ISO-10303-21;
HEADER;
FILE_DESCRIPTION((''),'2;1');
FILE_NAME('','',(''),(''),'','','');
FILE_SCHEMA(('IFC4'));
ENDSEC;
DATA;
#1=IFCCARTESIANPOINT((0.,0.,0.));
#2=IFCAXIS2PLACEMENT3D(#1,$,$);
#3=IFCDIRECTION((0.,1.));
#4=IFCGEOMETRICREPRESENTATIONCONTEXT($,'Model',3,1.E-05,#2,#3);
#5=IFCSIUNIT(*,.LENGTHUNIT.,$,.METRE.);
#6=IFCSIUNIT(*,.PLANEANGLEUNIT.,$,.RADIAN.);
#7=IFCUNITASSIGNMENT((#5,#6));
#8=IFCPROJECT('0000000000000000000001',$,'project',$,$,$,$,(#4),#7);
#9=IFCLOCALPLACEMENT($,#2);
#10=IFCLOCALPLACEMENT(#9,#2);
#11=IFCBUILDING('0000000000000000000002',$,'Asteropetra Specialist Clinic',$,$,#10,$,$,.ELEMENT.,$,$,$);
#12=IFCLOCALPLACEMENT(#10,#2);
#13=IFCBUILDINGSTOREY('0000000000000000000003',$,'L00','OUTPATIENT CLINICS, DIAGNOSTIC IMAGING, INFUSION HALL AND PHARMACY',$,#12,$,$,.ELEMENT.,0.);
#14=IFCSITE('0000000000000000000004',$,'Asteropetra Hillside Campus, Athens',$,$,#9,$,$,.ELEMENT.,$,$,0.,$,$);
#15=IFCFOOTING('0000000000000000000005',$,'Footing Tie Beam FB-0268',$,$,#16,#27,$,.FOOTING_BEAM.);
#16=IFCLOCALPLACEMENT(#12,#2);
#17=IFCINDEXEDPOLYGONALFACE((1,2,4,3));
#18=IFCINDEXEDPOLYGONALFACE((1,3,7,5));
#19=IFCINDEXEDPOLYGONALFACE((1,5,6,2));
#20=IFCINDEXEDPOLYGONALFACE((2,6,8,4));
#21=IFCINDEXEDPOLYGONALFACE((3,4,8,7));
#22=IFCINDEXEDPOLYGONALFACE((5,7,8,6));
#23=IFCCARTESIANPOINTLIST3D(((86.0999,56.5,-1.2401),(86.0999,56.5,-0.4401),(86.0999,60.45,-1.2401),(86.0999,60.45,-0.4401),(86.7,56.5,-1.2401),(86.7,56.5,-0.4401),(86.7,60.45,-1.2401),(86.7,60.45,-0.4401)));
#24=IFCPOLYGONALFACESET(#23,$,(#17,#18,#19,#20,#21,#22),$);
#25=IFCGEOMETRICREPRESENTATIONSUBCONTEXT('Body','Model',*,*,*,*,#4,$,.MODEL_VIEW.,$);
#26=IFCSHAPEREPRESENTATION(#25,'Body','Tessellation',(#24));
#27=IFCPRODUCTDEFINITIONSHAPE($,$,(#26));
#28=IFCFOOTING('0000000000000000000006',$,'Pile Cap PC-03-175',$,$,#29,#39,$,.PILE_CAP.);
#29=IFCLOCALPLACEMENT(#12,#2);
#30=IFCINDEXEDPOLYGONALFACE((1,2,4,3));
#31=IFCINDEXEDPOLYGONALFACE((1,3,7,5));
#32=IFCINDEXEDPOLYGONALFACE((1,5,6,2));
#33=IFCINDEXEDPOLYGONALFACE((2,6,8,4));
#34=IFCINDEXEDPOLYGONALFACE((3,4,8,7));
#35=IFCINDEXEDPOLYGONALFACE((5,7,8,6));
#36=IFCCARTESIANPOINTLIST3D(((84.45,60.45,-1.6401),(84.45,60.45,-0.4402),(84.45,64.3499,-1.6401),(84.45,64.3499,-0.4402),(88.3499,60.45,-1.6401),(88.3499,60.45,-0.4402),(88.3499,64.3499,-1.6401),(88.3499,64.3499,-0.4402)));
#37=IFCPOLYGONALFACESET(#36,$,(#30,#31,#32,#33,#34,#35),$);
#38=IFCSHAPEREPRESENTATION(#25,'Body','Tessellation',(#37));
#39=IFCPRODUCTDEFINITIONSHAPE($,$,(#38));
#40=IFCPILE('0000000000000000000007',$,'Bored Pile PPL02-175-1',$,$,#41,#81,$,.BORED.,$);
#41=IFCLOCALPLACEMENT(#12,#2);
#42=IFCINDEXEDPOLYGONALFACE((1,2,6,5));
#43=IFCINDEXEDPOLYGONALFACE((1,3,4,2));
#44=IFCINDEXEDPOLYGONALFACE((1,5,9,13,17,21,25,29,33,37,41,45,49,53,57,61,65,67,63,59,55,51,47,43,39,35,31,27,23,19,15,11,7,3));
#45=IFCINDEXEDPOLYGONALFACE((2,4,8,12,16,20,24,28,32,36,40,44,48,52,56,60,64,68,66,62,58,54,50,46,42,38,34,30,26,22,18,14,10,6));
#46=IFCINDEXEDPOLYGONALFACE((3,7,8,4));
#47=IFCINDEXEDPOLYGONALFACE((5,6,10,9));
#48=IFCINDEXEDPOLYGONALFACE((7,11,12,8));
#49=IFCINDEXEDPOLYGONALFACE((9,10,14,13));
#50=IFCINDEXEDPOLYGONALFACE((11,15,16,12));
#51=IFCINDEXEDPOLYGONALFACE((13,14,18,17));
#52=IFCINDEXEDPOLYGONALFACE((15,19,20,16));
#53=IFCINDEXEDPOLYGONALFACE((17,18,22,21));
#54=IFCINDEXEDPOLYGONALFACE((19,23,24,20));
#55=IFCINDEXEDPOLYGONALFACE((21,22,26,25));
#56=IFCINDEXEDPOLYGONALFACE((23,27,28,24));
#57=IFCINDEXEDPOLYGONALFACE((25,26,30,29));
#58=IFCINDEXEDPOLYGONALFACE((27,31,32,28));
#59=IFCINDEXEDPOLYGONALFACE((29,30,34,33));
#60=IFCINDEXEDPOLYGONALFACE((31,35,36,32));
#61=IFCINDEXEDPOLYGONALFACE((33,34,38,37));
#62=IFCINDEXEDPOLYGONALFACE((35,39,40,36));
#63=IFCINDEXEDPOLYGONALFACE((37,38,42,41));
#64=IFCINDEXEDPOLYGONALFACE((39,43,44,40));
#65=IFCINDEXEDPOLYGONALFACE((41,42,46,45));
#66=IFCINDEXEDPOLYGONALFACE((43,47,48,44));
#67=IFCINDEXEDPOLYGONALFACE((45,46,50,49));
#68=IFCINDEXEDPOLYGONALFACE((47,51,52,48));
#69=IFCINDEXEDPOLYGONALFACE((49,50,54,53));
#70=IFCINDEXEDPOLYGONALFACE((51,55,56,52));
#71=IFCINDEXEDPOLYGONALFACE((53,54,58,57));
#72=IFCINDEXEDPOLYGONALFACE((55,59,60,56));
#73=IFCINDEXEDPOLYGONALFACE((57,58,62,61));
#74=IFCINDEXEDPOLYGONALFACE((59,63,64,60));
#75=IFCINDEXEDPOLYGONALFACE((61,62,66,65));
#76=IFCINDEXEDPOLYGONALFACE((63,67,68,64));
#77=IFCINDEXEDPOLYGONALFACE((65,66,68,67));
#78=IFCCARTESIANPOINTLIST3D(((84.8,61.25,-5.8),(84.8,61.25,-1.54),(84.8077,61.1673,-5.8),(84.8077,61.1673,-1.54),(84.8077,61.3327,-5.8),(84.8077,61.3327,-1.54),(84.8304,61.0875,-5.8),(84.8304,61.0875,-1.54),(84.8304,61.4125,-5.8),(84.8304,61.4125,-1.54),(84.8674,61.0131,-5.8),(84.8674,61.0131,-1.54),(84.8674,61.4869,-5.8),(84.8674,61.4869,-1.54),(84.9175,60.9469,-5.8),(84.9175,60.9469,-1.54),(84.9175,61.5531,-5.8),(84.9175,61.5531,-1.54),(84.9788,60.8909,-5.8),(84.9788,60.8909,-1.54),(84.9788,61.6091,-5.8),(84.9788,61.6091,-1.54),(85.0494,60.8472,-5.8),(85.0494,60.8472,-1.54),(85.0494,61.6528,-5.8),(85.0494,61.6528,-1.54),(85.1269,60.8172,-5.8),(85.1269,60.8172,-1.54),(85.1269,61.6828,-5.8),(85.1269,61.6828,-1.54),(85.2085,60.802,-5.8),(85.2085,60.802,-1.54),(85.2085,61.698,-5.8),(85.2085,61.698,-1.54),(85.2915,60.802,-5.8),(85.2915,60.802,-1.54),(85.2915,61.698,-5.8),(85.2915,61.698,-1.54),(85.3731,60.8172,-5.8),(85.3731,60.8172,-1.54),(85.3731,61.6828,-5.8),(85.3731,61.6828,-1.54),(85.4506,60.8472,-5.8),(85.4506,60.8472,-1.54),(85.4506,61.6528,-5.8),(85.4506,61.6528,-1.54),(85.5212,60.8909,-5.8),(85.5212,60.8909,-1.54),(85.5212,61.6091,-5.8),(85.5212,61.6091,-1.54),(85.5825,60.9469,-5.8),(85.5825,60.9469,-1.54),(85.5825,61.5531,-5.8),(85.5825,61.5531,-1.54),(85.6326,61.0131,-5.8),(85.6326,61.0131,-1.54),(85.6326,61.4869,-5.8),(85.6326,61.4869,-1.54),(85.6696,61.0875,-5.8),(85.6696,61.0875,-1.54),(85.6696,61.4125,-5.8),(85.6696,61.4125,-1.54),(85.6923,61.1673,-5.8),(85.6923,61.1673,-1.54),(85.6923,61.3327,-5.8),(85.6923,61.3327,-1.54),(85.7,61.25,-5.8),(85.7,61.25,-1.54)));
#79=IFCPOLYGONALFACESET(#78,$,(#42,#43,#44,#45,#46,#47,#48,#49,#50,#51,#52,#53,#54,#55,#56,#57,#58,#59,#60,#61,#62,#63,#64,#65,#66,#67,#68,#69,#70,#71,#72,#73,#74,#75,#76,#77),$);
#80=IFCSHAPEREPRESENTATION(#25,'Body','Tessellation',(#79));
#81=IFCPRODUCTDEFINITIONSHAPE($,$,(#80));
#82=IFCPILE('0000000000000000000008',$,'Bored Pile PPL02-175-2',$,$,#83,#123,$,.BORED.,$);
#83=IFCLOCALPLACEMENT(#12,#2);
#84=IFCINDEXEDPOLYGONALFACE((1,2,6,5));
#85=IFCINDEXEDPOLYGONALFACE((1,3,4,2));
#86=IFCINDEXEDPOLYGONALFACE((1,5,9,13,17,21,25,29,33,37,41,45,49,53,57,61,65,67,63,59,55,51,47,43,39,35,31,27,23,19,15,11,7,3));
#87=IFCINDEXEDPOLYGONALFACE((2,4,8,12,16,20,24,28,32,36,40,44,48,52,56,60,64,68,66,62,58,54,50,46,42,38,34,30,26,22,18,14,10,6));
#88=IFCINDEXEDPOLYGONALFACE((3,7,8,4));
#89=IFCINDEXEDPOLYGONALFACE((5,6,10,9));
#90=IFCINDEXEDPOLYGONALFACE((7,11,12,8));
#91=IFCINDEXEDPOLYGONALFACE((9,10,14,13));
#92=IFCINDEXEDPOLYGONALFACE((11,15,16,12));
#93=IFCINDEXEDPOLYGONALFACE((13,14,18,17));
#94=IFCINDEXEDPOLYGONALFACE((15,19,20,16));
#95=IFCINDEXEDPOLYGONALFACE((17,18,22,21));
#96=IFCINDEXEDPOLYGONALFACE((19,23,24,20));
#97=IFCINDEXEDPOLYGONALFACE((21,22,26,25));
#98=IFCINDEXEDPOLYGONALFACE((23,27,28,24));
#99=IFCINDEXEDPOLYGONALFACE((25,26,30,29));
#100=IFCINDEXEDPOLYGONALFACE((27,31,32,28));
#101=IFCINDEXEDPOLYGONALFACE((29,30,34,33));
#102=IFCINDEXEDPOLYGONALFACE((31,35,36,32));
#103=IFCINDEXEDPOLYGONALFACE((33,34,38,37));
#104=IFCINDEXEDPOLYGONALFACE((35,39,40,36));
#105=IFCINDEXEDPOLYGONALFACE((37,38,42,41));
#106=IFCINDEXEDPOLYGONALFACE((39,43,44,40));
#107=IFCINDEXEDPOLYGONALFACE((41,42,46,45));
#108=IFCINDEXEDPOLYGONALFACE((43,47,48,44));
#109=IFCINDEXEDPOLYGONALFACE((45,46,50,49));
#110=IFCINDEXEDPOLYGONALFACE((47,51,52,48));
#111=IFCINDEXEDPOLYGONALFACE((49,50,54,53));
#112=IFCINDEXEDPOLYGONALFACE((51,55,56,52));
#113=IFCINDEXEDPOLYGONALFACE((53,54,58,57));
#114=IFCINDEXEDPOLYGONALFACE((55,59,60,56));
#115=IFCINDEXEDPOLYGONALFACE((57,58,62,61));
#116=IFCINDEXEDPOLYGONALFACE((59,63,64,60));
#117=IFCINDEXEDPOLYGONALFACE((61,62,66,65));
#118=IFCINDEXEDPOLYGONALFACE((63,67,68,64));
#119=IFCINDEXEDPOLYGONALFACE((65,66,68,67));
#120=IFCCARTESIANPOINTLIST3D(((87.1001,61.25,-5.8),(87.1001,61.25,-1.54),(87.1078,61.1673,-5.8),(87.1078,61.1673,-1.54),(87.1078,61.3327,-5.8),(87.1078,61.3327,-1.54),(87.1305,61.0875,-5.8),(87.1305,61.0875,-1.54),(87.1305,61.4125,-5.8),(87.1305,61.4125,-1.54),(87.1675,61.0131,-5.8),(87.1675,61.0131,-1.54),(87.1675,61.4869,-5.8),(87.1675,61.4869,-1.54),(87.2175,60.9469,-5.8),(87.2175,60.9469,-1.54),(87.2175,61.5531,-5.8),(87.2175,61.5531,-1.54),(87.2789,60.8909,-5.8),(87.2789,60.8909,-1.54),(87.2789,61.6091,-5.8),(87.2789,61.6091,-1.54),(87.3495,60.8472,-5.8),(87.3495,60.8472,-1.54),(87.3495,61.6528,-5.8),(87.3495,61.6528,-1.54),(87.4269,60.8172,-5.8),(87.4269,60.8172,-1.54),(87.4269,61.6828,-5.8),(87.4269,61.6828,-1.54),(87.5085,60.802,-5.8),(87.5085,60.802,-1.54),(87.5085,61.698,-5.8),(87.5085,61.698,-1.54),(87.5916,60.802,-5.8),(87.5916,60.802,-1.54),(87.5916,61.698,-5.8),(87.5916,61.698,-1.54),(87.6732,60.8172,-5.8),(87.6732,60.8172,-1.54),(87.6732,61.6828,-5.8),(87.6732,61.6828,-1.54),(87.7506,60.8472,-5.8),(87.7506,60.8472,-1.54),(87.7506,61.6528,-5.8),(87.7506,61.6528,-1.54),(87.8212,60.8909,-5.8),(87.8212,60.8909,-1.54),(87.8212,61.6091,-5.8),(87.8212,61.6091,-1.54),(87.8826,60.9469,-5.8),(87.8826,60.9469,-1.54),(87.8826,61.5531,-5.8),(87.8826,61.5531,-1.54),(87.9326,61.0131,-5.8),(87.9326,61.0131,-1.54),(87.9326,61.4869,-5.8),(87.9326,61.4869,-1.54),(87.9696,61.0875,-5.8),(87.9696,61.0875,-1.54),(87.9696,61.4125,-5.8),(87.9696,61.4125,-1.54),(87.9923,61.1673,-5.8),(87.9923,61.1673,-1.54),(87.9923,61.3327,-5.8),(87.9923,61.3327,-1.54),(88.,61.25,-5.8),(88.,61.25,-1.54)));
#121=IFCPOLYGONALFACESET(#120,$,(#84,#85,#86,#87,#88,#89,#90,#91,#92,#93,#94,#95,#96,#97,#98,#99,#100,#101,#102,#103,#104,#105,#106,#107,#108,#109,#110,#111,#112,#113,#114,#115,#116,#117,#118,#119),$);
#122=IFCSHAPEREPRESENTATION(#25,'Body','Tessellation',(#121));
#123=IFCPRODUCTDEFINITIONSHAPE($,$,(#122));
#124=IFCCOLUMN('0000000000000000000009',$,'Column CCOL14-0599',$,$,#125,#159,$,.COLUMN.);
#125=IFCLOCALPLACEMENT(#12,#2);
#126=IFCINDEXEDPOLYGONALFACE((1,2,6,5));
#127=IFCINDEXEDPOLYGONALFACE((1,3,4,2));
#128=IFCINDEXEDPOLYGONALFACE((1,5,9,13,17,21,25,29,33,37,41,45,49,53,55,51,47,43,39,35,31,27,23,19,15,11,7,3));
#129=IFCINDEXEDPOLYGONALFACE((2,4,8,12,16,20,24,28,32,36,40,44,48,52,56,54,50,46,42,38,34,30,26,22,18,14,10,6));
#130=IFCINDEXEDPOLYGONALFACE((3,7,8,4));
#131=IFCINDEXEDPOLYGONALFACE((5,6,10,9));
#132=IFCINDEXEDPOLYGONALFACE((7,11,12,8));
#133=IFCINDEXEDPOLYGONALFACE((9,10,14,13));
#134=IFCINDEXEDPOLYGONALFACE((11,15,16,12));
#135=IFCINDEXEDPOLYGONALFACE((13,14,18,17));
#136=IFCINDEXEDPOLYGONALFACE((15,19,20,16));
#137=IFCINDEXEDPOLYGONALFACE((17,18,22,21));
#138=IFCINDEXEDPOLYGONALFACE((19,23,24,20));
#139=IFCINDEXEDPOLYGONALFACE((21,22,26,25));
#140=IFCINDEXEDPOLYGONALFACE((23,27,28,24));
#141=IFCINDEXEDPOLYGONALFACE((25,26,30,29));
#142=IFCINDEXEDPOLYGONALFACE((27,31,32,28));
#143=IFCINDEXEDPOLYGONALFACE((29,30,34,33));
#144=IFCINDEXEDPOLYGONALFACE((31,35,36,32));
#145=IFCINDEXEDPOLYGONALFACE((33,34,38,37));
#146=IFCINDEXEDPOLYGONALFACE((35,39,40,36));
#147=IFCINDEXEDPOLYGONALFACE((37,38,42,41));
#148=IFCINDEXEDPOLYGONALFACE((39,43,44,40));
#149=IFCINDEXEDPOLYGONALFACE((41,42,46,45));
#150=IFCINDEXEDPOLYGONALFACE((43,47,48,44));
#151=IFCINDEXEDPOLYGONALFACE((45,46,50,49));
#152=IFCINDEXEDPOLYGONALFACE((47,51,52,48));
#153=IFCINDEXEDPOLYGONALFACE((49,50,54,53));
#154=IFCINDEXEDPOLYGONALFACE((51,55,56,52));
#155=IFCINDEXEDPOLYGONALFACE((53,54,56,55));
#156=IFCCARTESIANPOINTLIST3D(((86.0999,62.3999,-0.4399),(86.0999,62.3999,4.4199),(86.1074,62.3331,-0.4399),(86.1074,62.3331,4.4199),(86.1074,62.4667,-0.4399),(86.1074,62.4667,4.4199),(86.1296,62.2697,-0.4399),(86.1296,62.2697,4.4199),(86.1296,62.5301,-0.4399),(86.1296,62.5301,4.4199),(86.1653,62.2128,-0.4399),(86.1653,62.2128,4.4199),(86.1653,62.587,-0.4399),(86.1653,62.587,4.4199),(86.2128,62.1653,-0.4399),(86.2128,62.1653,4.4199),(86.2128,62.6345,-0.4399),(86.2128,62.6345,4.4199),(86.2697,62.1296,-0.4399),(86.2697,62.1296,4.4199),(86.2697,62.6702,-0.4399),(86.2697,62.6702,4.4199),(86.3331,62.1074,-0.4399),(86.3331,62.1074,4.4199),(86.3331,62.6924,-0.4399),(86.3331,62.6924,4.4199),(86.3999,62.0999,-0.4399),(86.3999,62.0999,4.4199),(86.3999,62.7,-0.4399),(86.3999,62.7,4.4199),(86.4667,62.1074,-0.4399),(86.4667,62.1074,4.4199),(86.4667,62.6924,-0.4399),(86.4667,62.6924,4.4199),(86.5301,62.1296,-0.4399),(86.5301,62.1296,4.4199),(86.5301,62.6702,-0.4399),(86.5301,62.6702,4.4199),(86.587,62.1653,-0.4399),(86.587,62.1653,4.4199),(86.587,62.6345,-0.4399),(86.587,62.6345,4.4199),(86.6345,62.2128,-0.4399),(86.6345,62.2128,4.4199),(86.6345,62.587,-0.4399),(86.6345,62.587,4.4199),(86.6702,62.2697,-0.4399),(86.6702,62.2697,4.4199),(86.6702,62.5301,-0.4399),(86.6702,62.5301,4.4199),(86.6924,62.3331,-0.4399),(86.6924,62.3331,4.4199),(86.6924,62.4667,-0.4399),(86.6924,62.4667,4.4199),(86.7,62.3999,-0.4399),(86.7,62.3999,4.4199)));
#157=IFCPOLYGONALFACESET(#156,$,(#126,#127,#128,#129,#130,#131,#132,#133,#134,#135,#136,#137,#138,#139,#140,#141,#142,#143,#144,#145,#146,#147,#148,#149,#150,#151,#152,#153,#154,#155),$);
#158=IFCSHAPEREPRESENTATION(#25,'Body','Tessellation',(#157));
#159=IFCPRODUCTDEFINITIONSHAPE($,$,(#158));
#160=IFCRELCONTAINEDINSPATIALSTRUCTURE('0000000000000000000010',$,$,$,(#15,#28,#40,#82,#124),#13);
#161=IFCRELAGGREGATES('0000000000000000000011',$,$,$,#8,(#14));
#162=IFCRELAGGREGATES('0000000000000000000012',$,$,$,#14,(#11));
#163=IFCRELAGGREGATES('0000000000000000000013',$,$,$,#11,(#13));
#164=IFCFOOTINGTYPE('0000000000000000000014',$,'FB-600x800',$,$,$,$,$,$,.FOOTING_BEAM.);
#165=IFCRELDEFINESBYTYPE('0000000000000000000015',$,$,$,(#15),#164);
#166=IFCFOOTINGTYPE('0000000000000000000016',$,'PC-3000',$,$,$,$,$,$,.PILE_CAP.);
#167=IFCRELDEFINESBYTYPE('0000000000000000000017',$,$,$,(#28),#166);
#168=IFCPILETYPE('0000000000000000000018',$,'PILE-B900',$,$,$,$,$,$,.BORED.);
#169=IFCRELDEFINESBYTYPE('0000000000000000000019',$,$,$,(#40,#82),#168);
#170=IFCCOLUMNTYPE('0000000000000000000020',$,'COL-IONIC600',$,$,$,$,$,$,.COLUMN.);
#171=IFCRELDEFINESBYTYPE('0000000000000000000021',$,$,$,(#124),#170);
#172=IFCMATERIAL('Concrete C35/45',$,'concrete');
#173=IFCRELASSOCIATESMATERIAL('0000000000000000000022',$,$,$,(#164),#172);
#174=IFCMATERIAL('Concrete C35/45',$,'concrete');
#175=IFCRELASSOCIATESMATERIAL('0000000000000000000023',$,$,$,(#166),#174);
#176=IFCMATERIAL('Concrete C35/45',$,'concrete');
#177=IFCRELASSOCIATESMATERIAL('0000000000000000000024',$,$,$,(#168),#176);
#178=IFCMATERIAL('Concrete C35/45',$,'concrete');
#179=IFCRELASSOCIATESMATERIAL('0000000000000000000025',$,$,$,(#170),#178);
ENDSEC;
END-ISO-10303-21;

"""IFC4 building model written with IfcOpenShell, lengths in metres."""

from ifc_helpers import new_model, si_unit, direction, frame, origin, origin_2d, place, context, subcontext, project, spatial, rectangle, circle, extrude, material, material_profile, profile_set, type_object, element, save


model = new_model("IFC4")

# Units and contexts
model_context = context("Model", 3, precision=1e-05, world=origin(), true_north=direction((0.0, 1.0)))
body_context = subcontext(model_context, "Body", "Model", "MODEL_VIEW")
ifc_project = project(units=[si_unit("LENGTHUNIT", "METRE"), si_unit("PLANEANGLEUNIT", "RADIAN")], contexts=[model_context])

# Site, building, storey
site_placement = place(None, origin())
site = spatial("IfcSite", under=ifc_project, at=site_placement, Name="Asteropetra Hillside Campus, Athens", CompositionType="ELEMENT", RefElevation=0.0)
building_placement = place(site_placement, origin())
building = spatial("IfcBuilding", under=site, at=building_placement, Name="Asteropetra Specialist Clinic", CompositionType="ELEMENT")
storey_placement = place(building_placement, origin())
storey = spatial("IfcBuildingStorey", under=building, at=storey_placement, Name="L00", Description="OUTPATIENT CLINICS, DIAGNOSTIC IMAGING, INFUSION HALL AND PHARMACY", CompositionType="ELEMENT", Elevation=0.0)

# Footings
ifc_material_1 = material(Name="Concrete C35/45", Category="concrete")
ifc_material_profile_1 = material_profile(ifc_material_1, rectangle(XDim=0.6001, YDim=0.8, at=origin_2d()), Name="FB 600x800")
ifc_profile_set_1 = profile_set([ifc_material_profile_1], Name="Concrete C35/45")
footing_type_1 = type_object("IfcFootingType", Name="FB-600x800", PredefinedType="FOOTING_BEAM", material=ifc_profile_set_1)
footing_1_placement = place(storey_placement, frame((86.3999, 56.5, -0.8401), z_axis=(0.0, 1.0, 0.0), x_axis=(-1.0, 0.0, 0.0)))
element("IfcFooting", 1, at=footing_1_placement, inside=storey, type_object=footing_type_1, Name="Footing Tie Beam FB-0268", PredefinedType="FOOTING_BEAM", context=body_context, shape_type="SweptSolid", body=[
    extrude(rectangle(XDim=0.6001, YDim=0.8, at=origin_2d()), origin(), (0.0, 0.0, 1.0), 3.95),
])
ifc_material_2 = material(Name="Concrete C35/45", Category="concrete")
footing_type_2 = type_object("IfcFootingType", Name="PC-3000", PredefinedType="PILE_CAP", material=ifc_material_2)
footing_2_placement = place(storey_placement, frame((86.3999, 62.3999, -1.6401), z_axis=(0.0, 0.0, 1.0), x_axis=(1.0, 0.0, 0.0)))
element("IfcFooting", 2, at=footing_2_placement, inside=storey, type_object=footing_type_2, Name="Pile Cap PC-03-175", PredefinedType="PILE_CAP", context=body_context, shape_type="SweptSolid", body=[
    extrude(rectangle(XDim=3.8999, YDim=3.8999, at=origin_2d()), origin(), (0.0, 0.0, 1.0), 1.2),
])

# Piles
ifc_material_3 = material(Name="Concrete C35/45", Category="concrete")
ifc_material_profile_2 = material_profile(ifc_material_3, circle(Radius=0.45, at=origin_2d()), Name="PILE D900")
ifc_profile_set_2 = profile_set([ifc_material_profile_2], Name="Concrete C35/45")
pile_type = type_object("IfcPileType", Name="PILE-B900", PredefinedType="BORED", material=ifc_profile_set_2)
for number, where, z_axis, x_axis, name in (
    (3, (85.25, 61.25, -1.54), (0.0, 0.0, -1.0), (1.0, 0.0, 0.0), "Bored Pile PPL02-175-1"),
    (4, (87.55, 61.25, -1.54), (0.0, 0.0, -1.0), (1.0, 0.0, 0.0), "Bored Pile PPL02-175-2"),
):
    element("IfcPile", number, at=place(storey_placement, frame(where, z_axis=z_axis, x_axis=x_axis)), inside=storey, type_object=pile_type, Name=name, PredefinedType="BORED", context=body_context, shape_type="SweptSolid", body=[
        extrude(circle(Radius=0.45, at=origin_2d()), origin(), (0.0, 0.0, 1.0), 4.26),
    ])

# Column
ifc_material_4 = material(Name="Concrete C35/45", Category="concrete")
ifc_material_profile_3 = material_profile(ifc_material_4, circle(Radius=0.3, at=origin_2d()), Name="RCC D600")
ifc_profile_set_3 = profile_set([ifc_material_profile_3], Name="Concrete C35/45")
column_type = type_object("IfcColumnType", Name="COL-IONIC600", PredefinedType="COLUMN", material=ifc_profile_set_3)
column_placement = place(storey_placement, frame((86.3999, 62.3999, -0.4399), z_axis=(0.0, 0.0, 1.0), x_axis=(1.0, 0.0, 0.0)))
element("IfcColumn", 5, at=column_placement, inside=storey, type_object=column_type, Name="Column CCOL14-0599", PredefinedType="COLUMN", context=body_context, shape_type="SweptSolid", body=[
    extrude(circle(Radius=0.3, at=origin_2d()), origin(), (0.0, 0.0, 1.0), 4.8599),
])

save(model, "model.ifc")
